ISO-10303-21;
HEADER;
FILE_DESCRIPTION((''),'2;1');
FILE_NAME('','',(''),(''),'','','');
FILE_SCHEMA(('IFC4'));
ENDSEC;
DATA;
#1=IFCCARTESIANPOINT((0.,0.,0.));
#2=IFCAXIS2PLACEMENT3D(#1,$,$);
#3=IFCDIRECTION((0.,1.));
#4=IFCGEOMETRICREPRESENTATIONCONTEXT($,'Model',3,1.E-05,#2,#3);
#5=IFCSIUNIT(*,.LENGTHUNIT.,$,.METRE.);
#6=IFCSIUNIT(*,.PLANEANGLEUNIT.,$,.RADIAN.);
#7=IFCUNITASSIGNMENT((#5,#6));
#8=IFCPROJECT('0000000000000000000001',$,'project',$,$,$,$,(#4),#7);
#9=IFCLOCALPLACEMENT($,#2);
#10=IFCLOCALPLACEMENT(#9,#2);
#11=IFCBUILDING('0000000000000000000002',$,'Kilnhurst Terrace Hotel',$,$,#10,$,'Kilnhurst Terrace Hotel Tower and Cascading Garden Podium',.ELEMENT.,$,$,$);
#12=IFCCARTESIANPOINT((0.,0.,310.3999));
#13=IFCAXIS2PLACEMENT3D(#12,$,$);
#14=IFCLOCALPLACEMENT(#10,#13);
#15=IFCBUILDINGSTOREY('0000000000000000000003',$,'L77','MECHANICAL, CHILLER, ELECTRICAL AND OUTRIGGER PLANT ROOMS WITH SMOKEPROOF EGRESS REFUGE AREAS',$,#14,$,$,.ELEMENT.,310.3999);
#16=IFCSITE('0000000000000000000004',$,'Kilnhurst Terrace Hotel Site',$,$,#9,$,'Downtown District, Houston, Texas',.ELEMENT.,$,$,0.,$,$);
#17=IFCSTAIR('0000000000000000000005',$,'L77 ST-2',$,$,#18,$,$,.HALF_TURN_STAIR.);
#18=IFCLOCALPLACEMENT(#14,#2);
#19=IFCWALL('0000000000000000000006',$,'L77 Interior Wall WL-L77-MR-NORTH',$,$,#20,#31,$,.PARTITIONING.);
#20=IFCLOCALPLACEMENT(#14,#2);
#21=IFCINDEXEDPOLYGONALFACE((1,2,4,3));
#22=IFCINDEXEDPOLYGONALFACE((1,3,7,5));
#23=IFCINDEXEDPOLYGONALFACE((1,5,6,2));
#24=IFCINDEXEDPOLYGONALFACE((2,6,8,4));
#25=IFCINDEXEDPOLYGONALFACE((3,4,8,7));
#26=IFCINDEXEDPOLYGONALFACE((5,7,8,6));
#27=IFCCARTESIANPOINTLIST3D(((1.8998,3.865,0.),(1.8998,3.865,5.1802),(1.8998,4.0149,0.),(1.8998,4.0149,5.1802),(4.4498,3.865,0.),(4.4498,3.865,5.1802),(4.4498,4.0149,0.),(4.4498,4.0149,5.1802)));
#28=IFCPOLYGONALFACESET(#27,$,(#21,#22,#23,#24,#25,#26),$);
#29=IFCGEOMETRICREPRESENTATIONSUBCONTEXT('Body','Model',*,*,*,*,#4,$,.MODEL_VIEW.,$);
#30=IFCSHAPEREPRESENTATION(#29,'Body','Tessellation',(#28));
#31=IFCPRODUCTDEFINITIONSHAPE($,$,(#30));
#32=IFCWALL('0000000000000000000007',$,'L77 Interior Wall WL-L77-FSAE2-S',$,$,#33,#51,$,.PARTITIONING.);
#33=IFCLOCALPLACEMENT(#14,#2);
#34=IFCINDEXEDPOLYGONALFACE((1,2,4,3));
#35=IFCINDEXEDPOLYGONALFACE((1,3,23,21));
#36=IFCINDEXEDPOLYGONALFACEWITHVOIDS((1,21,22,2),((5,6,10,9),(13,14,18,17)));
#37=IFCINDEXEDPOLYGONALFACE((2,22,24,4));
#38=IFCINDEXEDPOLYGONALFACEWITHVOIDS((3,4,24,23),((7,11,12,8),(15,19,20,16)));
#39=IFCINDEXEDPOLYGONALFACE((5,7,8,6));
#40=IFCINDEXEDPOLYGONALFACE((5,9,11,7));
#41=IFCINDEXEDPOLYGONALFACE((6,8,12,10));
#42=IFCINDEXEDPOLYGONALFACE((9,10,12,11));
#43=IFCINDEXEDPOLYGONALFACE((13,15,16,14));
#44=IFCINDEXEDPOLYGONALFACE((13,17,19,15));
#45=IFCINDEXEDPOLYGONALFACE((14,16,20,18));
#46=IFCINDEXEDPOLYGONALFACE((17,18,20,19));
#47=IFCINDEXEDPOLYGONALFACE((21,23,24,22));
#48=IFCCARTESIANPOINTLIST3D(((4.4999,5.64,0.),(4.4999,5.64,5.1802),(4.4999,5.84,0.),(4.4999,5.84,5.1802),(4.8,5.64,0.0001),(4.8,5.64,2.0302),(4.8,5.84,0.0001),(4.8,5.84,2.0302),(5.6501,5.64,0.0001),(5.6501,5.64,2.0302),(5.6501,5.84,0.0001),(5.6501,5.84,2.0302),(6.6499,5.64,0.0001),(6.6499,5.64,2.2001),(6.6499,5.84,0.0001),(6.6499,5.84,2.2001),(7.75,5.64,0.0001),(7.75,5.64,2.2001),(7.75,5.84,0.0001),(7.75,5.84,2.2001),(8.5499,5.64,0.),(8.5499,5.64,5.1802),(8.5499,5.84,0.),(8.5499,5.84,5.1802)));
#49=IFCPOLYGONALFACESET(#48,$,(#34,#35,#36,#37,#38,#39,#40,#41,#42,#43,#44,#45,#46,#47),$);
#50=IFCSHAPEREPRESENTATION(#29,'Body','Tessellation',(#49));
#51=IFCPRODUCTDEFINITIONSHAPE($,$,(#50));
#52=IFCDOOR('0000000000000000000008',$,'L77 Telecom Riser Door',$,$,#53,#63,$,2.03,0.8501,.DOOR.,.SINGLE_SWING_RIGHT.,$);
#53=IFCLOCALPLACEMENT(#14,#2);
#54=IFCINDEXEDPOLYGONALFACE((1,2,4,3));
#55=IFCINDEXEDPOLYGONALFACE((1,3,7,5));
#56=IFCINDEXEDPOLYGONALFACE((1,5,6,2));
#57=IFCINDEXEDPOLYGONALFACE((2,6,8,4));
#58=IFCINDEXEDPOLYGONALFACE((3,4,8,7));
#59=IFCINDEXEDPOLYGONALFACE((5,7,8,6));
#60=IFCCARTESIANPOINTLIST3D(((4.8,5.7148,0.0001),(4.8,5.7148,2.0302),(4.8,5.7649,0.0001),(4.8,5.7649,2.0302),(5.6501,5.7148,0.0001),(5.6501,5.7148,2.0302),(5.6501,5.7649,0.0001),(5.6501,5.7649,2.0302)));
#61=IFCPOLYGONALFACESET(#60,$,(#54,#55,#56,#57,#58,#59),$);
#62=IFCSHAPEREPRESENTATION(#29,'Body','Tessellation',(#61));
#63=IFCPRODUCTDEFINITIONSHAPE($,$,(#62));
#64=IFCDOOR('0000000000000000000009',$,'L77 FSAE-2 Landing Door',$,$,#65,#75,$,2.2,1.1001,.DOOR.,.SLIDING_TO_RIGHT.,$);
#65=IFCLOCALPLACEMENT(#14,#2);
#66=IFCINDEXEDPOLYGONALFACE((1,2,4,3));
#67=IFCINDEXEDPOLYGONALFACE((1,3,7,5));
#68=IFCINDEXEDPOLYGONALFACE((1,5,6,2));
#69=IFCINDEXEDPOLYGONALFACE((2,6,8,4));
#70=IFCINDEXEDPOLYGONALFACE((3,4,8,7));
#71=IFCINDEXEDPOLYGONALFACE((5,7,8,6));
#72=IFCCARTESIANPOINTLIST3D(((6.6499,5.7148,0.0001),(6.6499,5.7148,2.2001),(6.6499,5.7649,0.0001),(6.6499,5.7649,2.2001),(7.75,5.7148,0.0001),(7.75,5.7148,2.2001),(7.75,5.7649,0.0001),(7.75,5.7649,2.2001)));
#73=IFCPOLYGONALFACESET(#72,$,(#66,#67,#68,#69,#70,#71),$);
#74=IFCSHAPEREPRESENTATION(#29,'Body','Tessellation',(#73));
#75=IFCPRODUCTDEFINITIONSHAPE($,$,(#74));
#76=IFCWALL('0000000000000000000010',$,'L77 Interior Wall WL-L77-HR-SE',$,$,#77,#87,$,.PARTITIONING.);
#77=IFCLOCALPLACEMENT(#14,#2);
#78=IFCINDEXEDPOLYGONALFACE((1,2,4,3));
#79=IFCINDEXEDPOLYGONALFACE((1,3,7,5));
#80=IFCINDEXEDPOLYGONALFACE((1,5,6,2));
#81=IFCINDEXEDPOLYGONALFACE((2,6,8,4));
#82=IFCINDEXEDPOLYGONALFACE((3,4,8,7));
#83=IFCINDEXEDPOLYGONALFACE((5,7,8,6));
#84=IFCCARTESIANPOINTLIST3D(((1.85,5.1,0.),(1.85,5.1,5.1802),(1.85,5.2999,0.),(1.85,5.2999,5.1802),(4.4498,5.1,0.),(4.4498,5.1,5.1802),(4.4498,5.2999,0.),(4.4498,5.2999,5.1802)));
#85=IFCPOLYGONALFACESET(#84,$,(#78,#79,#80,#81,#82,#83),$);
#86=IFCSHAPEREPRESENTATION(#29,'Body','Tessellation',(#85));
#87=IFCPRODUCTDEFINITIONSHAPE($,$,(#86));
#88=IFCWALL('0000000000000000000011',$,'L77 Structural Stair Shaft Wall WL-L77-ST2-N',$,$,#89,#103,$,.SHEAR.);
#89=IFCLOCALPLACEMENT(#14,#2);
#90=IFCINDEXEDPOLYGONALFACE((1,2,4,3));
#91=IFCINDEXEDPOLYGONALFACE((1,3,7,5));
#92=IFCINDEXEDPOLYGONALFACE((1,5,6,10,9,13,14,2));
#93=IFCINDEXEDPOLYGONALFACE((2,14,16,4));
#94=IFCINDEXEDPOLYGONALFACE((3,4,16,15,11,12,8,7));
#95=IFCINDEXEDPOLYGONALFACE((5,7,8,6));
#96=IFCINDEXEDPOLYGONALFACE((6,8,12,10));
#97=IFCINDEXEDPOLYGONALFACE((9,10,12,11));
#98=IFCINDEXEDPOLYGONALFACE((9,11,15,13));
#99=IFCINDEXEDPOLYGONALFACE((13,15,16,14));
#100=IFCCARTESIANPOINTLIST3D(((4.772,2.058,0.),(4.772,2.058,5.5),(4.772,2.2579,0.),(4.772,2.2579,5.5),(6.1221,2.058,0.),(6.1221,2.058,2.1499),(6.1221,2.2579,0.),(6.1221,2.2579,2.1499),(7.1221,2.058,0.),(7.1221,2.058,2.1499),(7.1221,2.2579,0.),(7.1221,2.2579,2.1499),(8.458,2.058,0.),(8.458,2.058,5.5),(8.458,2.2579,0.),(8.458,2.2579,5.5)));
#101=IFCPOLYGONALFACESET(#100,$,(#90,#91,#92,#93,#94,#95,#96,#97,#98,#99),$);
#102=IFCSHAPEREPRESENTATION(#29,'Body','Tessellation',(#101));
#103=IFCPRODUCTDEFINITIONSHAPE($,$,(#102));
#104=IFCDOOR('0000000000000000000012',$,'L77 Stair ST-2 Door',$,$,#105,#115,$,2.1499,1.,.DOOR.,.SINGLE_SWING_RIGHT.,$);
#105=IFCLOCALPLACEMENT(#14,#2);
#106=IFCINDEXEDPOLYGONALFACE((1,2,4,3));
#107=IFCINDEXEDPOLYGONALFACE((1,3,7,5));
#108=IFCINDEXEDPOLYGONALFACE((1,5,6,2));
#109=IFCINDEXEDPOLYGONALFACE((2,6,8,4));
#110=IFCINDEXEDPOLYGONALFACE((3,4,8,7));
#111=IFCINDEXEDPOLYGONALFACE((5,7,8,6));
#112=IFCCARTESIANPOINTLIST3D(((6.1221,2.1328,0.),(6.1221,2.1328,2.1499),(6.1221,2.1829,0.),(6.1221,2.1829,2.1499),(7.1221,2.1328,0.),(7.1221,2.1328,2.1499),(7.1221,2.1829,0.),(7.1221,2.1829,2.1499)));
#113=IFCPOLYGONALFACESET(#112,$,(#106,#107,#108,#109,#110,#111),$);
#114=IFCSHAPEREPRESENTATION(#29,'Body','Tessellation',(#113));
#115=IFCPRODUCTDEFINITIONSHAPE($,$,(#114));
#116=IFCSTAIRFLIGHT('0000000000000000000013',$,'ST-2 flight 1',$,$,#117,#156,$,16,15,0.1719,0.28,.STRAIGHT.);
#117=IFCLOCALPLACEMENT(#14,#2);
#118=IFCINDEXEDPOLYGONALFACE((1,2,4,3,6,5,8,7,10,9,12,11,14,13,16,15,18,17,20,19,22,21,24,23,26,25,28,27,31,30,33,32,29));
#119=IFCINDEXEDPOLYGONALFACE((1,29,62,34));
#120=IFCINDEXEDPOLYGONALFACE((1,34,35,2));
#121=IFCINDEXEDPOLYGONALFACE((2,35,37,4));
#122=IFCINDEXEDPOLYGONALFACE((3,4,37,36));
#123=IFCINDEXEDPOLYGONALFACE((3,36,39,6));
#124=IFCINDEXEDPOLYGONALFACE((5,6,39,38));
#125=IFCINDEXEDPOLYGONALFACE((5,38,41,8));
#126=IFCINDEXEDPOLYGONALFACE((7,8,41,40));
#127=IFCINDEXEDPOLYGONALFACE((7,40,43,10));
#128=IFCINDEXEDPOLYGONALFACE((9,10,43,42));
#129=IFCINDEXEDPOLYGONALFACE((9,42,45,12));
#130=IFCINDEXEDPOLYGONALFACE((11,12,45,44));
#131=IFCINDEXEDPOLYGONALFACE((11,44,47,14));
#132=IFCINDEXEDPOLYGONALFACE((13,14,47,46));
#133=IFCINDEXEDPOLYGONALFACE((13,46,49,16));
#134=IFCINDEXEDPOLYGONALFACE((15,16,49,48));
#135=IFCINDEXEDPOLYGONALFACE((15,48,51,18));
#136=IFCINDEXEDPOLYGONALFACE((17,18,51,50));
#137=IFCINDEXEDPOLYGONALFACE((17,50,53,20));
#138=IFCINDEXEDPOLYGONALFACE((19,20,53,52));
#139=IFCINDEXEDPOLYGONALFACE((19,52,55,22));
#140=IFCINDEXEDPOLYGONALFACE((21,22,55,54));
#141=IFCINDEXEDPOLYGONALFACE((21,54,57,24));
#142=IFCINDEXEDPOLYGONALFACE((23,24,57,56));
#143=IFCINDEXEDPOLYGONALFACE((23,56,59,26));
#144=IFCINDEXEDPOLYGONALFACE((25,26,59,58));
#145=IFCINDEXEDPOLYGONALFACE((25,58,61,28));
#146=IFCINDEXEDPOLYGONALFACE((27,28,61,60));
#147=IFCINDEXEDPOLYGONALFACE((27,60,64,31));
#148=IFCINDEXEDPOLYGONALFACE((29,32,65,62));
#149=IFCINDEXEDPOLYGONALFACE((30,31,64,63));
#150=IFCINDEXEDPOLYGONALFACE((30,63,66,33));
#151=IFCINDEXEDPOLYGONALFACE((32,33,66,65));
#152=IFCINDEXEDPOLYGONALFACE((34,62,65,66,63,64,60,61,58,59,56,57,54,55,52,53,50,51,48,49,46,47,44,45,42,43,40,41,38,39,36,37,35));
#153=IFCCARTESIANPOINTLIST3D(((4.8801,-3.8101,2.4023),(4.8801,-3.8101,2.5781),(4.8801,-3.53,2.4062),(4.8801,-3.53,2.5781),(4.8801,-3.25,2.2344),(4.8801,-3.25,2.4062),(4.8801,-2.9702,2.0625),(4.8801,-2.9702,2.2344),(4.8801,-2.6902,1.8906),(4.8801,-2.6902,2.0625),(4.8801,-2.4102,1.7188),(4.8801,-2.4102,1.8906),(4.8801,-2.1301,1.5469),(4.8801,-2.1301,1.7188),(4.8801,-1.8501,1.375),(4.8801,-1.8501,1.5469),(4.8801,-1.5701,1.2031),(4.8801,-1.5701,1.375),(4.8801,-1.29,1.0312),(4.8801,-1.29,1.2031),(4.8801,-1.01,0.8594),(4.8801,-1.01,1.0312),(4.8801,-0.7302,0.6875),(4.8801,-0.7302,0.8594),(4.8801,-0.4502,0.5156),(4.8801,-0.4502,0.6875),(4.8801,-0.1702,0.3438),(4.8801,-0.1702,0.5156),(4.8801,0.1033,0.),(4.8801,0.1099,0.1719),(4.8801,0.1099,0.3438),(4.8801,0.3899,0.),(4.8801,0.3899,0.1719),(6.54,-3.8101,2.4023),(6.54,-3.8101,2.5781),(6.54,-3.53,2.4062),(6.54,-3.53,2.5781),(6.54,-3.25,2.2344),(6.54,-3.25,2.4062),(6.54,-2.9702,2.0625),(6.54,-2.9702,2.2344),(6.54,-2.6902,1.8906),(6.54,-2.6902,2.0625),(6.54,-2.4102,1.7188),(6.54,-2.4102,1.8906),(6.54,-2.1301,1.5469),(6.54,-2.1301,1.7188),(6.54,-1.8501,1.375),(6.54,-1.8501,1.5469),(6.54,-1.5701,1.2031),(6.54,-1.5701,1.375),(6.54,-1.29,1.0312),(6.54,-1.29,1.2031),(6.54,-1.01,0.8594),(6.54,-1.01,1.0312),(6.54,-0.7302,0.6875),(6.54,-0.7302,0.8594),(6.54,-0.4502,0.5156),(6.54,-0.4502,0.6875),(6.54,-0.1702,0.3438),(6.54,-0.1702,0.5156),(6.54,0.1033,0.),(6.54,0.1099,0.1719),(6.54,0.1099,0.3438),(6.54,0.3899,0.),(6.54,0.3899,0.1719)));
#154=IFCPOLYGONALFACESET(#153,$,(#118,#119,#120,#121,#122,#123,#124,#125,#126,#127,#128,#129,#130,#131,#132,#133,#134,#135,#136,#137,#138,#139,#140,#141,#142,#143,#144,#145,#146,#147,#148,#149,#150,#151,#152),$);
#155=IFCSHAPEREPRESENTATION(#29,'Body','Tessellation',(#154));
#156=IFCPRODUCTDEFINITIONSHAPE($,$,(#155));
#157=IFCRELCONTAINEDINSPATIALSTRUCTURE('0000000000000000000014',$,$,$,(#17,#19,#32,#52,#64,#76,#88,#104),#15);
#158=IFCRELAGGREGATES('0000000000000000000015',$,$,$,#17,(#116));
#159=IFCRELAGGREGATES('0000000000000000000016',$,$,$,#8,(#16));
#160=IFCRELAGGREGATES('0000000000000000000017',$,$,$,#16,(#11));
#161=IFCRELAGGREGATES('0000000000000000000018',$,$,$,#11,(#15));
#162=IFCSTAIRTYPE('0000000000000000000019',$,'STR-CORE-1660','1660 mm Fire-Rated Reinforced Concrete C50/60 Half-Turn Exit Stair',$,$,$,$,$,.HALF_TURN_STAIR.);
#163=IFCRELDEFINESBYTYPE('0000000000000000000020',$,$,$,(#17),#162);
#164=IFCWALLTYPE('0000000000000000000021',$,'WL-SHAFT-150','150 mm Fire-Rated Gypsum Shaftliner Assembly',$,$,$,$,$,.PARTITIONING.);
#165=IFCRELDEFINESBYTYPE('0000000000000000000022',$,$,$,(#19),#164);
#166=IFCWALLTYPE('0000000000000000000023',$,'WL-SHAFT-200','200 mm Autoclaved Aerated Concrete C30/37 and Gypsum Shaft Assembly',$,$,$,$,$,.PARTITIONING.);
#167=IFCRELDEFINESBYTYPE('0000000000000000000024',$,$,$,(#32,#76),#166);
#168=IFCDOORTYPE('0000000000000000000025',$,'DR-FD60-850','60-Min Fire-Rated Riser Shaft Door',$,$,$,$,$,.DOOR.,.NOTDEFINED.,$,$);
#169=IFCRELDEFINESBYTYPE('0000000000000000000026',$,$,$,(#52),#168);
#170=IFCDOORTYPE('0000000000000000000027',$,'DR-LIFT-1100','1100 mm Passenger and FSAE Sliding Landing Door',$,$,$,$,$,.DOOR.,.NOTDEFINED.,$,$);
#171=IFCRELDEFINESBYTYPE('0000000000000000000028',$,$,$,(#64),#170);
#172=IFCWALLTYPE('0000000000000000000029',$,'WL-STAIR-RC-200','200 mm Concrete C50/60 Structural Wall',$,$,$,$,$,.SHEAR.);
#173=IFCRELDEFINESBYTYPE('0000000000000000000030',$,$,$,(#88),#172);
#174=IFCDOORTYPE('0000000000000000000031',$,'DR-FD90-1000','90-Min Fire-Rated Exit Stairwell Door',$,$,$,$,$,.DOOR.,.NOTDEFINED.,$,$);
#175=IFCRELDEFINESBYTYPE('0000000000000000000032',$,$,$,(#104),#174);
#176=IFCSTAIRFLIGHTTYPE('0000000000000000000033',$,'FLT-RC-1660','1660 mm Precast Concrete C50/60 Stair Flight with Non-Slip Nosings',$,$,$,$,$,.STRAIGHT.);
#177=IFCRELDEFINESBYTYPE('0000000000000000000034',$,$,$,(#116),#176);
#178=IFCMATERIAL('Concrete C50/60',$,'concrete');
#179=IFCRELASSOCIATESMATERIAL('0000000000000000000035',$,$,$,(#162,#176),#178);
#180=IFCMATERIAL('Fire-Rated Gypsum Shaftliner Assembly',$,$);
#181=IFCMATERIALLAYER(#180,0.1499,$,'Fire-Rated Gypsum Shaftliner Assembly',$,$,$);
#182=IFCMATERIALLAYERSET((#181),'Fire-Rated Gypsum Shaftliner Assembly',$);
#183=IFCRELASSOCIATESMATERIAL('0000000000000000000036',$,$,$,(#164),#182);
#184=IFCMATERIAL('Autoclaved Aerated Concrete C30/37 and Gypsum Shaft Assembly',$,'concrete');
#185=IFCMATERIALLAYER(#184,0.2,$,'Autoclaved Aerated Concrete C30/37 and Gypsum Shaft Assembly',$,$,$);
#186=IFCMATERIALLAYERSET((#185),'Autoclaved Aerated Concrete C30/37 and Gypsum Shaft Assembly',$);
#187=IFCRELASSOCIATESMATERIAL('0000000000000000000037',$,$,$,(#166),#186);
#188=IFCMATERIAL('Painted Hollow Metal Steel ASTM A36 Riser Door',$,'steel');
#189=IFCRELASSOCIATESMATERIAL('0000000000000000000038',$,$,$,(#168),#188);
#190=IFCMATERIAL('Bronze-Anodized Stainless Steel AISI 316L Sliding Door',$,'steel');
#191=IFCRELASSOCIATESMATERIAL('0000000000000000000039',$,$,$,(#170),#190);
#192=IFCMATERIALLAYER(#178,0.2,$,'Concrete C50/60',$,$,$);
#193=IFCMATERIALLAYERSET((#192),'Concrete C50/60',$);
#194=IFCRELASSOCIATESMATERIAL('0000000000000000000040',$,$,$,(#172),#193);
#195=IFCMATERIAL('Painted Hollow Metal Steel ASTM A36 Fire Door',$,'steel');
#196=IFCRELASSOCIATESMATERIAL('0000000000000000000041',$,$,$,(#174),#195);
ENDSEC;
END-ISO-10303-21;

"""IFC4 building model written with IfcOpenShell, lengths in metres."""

from ifc_helpers import new_model, si_unit, direction, frame, frame_2d, origin, place, context, subcontext, project, spatial, polyline, rectangle, outline, extrude, material, layer, layer_set, type_object, element, fill, aggregate, save


model = new_model("IFC4")

# Units and contexts
model_context = context("Model", 3, precision=1e-05, world=origin(), true_north=direction((0.0, 1.0)))
body_context = subcontext(model_context, "Body", "Model", "MODEL_VIEW")
ifc_project = project(units=[si_unit("LENGTHUNIT", "METRE"), si_unit("PLANEANGLEUNIT", "RADIAN")], contexts=[model_context])

# Site, building, storey
site_placement = place(None, origin())
site = spatial("IfcSite", under=ifc_project, at=site_placement, Name="Kilnhurst Terrace Hotel Site", LongName="Downtown District, Houston, Texas", CompositionType="ELEMENT", RefElevation=0.0)
building_placement = place(site_placement, origin())
building = spatial("IfcBuilding", under=site, at=building_placement, Name="Kilnhurst Terrace Hotel", LongName="Kilnhurst Terrace Hotel Tower and Cascading Garden Podium", CompositionType="ELEMENT")
storey_placement = place(building_placement, frame((0.0, 0.0, 310.3999)))
storey = spatial("IfcBuildingStorey", under=building, at=storey_placement, Name="L77", Description="MECHANICAL, CHILLER, ELECTRICAL AND OUTRIGGER PLANT ROOMS WITH SMOKEPROOF EGRESS REFUGE AREAS", CompositionType="ELEMENT", Elevation=310.3999)

# Shared definitions
ifc_material_1 = material(Name="Concrete C50/60", Category="concrete")

# Stair
stair_type = type_object("IfcStairType", Name="STR-CORE-1660", Description="1660 mm Fire-Rated Reinforced Concrete C50/60 Half-Turn Exit Stair", PredefinedType="HALF_TURN_STAIR", material=ifc_material_1)
stair_1_placement = place(storey_placement, origin())
stair_1 = element("IfcStair", 1, at=stair_1_placement, inside=storey, type_object=stair_type, Name="L77 ST-2", PredefinedType="HALF_TURN_STAIR")

# Wall
ifc_material_2 = material(Name="Fire-Rated Gypsum Shaftliner Assembly")
ifc_layer_1 = layer(ifc_material_2, 0.1499, Name="Fire-Rated Gypsum Shaftliner Assembly")
ifc_layer_set_1 = layer_set([ifc_layer_1], Name="Fire-Rated Gypsum Shaftliner Assembly")
wall_type_1 = type_object("IfcWallType", Name="WL-SHAFT-150", Description="150 mm Fire-Rated Gypsum Shaftliner Assembly", PredefinedType="PARTITIONING", material=ifc_layer_set_1)
wall_1_placement = place(storey_placement, frame((1.8999, 3.9399, 0.0), z_axis=(0.0, 0.0, 1.0), x_axis=(1.0, 0.0, 0.0)))
element("IfcWall", 2, at=wall_1_placement, inside=storey, type_object=wall_type_1, Name="L77 Interior Wall WL-L77-MR-NORTH", PredefinedType="PARTITIONING", context=body_context, shape_type="SweptSolid", body=[
    extrude(rectangle(XDim=2.55, YDim=0.1499, at=frame_2d((1.2749, 0.0))), origin(), (0.0, 0.0, 1.0), 5.1802),
])

# Wall, openings, doors
ifc_material_3 = material(Name="Autoclaved Aerated Concrete C30/37 and Gypsum Shaft Assembly", Category="concrete")
ifc_layer_2 = layer(ifc_material_3, 0.2, Name="Autoclaved Aerated Concrete C30/37 and Gypsum Shaft Assembly")
ifc_layer_set_2 = layer_set([ifc_layer_2], Name="Autoclaved Aerated Concrete C30/37 and Gypsum Shaft Assembly")
wall_type_2 = type_object("IfcWallType", Name="WL-SHAFT-200", Description="200 mm Autoclaved Aerated Concrete C30/37 and Gypsum Shaft Assembly", PredefinedType="PARTITIONING", material=ifc_layer_set_2)
wall_2_placement = place(storey_placement, frame((4.5, 5.74, 0.0), z_axis=(0.0, 0.0, 1.0), x_axis=(1.0, 0.0, 0.0)))
wall_2 = element("IfcWall", 3, at=wall_2_placement, inside=storey, type_object=wall_type_2, Name="L77 Interior Wall WL-L77-FSAE2-S", PredefinedType="PARTITIONING", context=body_context, shape_type="SweptSolid", body=[
    extrude(rectangle(XDim=4.05, YDim=0.2, at=frame_2d((2.0249, 0.0))), origin(), (0.0, 0.0, 1.0), 5.1802),
])
opening_1_placement = place(wall_2_placement, frame((0.3, 0.0, 0.0)))
opening_1 = element("IfcOpeningElement", 4, at=opening_1_placement, cuts=wall_2, PredefinedType="OPENING", context=body_context, shape_type="SweptSolid", body=[
    extrude(rectangle(XDim=0.8501, YDim=2.03, at=frame_2d((0.425, 1.0151))), frame((0.0, 0.1099, 0.0), z_axis=(0.0, -1.0, 0.0), x_axis=(1.0, 0.0, 0.0)), (0.0, 0.0, 1.0), 0.22),
])
opening_2_placement = place(wall_2_placement, frame((2.1499, 0.0, 0.0)))
opening_2 = element("IfcOpeningElement", 5, at=opening_2_placement, cuts=wall_2, PredefinedType="OPENING", context=body_context, shape_type="SweptSolid", body=[
    extrude(rectangle(XDim=1.1001, YDim=2.2, at=frame_2d((0.55, 1.1001))), frame((0.0, 0.1099, 0.0), z_axis=(0.0, -1.0, 0.0), x_axis=(1.0, 0.0, 0.0)), (0.0, 0.0, 1.0), 0.22),
])
ifc_material_4 = material(Name="Painted Hollow Metal Steel ASTM A36 Riser Door", Category="steel")
door_type_1 = type_object("IfcDoorType", Name="DR-FD60-850", Description="60-Min Fire-Rated Riser Shaft Door", OperationType="NOTDEFINED", PredefinedType="DOOR", material=ifc_material_4)
door_1_placement = place(opening_1_placement, origin())
door_1 = element("IfcDoor", 6, at=door_1_placement, inside=storey, type_object=door_type_1, Name="L77 Telecom Riser Door", OperationType="SINGLE_SWING_RIGHT", OverallHeight=2.03, OverallWidth=0.8501, PredefinedType="DOOR", context=body_context, shape_type="SweptSolid", body=[
    extrude(rectangle(XDim=0.8501, YDim=2.03, at=frame_2d((0.425, 1.0151))), frame((0.0, 0.0249, 0.0), z_axis=(0.0, -1.0, 0.0), x_axis=(1.0, 0.0, 0.0)), (0.0, 0.0, 1.0), 0.05),
])
fill(opening_1, door_1)
ifc_material_5 = material(Name="Bronze-Anodized Stainless Steel AISI 316L Sliding Door", Category="steel")
door_type_2 = type_object("IfcDoorType", Name="DR-LIFT-1100", Description="1100 mm Passenger and FSAE Sliding Landing Door", OperationType="NOTDEFINED", PredefinedType="DOOR", material=ifc_material_5)
door_2_placement = place(opening_2_placement, origin())
door_2 = element("IfcDoor", 7, at=door_2_placement, inside=storey, type_object=door_type_2, Name="L77 FSAE-2 Landing Door", OperationType="SLIDING_TO_RIGHT", OverallHeight=2.2, OverallWidth=1.1001, PredefinedType="DOOR", context=body_context, shape_type="SweptSolid", body=[
    extrude(rectangle(XDim=1.1001, YDim=2.2, at=frame_2d((0.55, 1.1001))), frame((0.0, 0.0249, 0.0), z_axis=(0.0, -1.0, 0.0), x_axis=(1.0, 0.0, 0.0)), (0.0, 0.0, 1.0), 0.05),
])
fill(opening_2, door_2)

# Wall
wall_3_placement = place(storey_placement, frame((1.8501, 5.2, 0.0), z_axis=(0.0, 0.0, 1.0), x_axis=(1.0, 0.0, 0.0)))
element("IfcWall", 8, at=wall_3_placement, inside=storey, type_object=wall_type_2, Name="L77 Interior Wall WL-L77-HR-SE", PredefinedType="PARTITIONING", context=body_context, shape_type="SweptSolid", body=[
    extrude(rectangle(XDim=2.5999, YDim=0.2, at=frame_2d((1.2998, 0.0))), origin(), (0.0, 0.0, 1.0), 5.1802),
])

# Wall, opening, door
ifc_layer_3 = layer(ifc_material_1, 0.2, Name="Concrete C50/60")
ifc_layer_set_3 = layer_set([ifc_layer_3], Name="Concrete C50/60")
wall_type_3 = type_object("IfcWallType", Name="WL-STAIR-RC-200", Description="200 mm Concrete C50/60 Structural Wall", PredefinedType="SHEAR", material=ifc_layer_set_3)
wall_4_placement = place(storey_placement, frame((4.772, 2.158, 0.0), z_axis=(0.0, 0.0, 1.0), x_axis=(1.0, 0.0, 0.0)))
wall_4 = element("IfcWall", 9, at=wall_4_placement, inside=storey, type_object=wall_type_3, Name="L77 Structural Stair Shaft Wall WL-L77-ST2-N", PredefinedType="SHEAR", context=body_context, shape_type="SweptSolid", body=[
    extrude(rectangle(XDim=3.686, YDim=0.2, at=frame_2d((1.843, 0.0))), origin(), (0.0, 0.0, 1.0), 5.5),
])
opening_3_placement = place(wall_4_placement, frame((1.3501, 0.0, 0.0)))
opening_3 = element("IfcOpeningElement", 10, at=opening_3_placement, cuts=wall_4, PredefinedType="OPENING", context=body_context, shape_type="SweptSolid", body=[
    extrude(rectangle(XDim=1.0, YDim=2.1499, at=frame_2d((0.5, 1.075))), frame((0.0, 0.1099, 0.0), z_axis=(0.0, -1.0, 0.0), x_axis=(1.0, 0.0, 0.0)), (0.0, 0.0, 1.0), 0.22),
])
ifc_material_6 = material(Name="Painted Hollow Metal Steel ASTM A36 Fire Door", Category="steel")
door_type_3 = type_object("IfcDoorType", Name="DR-FD90-1000", Description="90-Min Fire-Rated Exit Stairwell Door", OperationType="NOTDEFINED", PredefinedType="DOOR", material=ifc_material_6)
door_3_placement = place(opening_3_placement, origin())
door_3 = element("IfcDoor", 11, at=door_3_placement, inside=storey, type_object=door_type_3, Name="L77 Stair ST-2 Door", OperationType="SINGLE_SWING_RIGHT", OverallHeight=2.1499, OverallWidth=1.0, PredefinedType="DOOR", context=body_context, shape_type="SweptSolid", body=[
    extrude(rectangle(XDim=1.0, YDim=2.1499, at=frame_2d((0.5, 1.075))), frame((0.0, 0.0249, 0.0), z_axis=(0.0, -1.0, 0.0), x_axis=(1.0, 0.0, 0.0)), (0.0, 0.0, 1.0), 0.05),
])
fill(opening_3, door_3)

# Stair flight
stair_flight_type = type_object("IfcStairFlightType", Name="FLT-RC-1660", Description="1660 mm Precast Concrete C50/60 Stair Flight with Non-Slip Nosings", PredefinedType="STRAIGHT", material=ifc_material_1)
stair_flight_placement = place(storey_placement, frame((5.71, 0.3899, 0.0), z_axis=(0.0, 0.0, 1.0), x_axis=(0.0, -1.0, 0.0)))
stair_flight = element("IfcStairFlight", 12, at=stair_flight_placement, type_object=stair_flight_type, Name="ST-2 flight 1", NumberOfRisers=16, NumberOfTreads=15, PredefinedType="STRAIGHT", RiserHeight=0.1719, TreadLength=0.28, context=body_context, shape_type="SweptSolid", body=[
    extrude(outline(polyline([(0.0, 0.0), (0.0, 0.1719), (0.28, 0.1719), (0.28, 0.3438), (0.5601, 0.3438), (0.5601, 0.5156), (0.8401, 0.5156), (0.8401, 0.6875), (1.1201, 0.6875), (1.1201, 0.8594), (1.3999, 0.8594), (1.3999, 1.0312), (1.6799, 1.0312), (1.6799, 1.2031), (1.96, 1.2031), (1.96, 1.375), (2.24, 1.375), (2.24, 1.5469), (2.52, 1.5469), (2.52, 1.7188), (2.8, 1.7188), (2.8, 1.8906), (3.0801, 1.8906), (3.0801, 2.0625), (3.3601, 2.0625), (3.3601, 2.2344), (3.6399, 2.2344), (3.6399, 2.4062), (3.9199, 2.4062), (3.9199, 2.5781), (4.2, 2.5781), (4.2, 2.75), (4.2, 2.4023), (0.2866, 0.0), (0.0, 0.0)])), frame((0.0, 0.8301, 0.0), z_axis=(0.0, -1.0, 0.0), x_axis=(1.0, 0.0, 0.0)), (0.0, 0.0, 1.0), 1.6599),
])
aggregate(stair_1, [stair_flight])

save(model, "model.ifc")
